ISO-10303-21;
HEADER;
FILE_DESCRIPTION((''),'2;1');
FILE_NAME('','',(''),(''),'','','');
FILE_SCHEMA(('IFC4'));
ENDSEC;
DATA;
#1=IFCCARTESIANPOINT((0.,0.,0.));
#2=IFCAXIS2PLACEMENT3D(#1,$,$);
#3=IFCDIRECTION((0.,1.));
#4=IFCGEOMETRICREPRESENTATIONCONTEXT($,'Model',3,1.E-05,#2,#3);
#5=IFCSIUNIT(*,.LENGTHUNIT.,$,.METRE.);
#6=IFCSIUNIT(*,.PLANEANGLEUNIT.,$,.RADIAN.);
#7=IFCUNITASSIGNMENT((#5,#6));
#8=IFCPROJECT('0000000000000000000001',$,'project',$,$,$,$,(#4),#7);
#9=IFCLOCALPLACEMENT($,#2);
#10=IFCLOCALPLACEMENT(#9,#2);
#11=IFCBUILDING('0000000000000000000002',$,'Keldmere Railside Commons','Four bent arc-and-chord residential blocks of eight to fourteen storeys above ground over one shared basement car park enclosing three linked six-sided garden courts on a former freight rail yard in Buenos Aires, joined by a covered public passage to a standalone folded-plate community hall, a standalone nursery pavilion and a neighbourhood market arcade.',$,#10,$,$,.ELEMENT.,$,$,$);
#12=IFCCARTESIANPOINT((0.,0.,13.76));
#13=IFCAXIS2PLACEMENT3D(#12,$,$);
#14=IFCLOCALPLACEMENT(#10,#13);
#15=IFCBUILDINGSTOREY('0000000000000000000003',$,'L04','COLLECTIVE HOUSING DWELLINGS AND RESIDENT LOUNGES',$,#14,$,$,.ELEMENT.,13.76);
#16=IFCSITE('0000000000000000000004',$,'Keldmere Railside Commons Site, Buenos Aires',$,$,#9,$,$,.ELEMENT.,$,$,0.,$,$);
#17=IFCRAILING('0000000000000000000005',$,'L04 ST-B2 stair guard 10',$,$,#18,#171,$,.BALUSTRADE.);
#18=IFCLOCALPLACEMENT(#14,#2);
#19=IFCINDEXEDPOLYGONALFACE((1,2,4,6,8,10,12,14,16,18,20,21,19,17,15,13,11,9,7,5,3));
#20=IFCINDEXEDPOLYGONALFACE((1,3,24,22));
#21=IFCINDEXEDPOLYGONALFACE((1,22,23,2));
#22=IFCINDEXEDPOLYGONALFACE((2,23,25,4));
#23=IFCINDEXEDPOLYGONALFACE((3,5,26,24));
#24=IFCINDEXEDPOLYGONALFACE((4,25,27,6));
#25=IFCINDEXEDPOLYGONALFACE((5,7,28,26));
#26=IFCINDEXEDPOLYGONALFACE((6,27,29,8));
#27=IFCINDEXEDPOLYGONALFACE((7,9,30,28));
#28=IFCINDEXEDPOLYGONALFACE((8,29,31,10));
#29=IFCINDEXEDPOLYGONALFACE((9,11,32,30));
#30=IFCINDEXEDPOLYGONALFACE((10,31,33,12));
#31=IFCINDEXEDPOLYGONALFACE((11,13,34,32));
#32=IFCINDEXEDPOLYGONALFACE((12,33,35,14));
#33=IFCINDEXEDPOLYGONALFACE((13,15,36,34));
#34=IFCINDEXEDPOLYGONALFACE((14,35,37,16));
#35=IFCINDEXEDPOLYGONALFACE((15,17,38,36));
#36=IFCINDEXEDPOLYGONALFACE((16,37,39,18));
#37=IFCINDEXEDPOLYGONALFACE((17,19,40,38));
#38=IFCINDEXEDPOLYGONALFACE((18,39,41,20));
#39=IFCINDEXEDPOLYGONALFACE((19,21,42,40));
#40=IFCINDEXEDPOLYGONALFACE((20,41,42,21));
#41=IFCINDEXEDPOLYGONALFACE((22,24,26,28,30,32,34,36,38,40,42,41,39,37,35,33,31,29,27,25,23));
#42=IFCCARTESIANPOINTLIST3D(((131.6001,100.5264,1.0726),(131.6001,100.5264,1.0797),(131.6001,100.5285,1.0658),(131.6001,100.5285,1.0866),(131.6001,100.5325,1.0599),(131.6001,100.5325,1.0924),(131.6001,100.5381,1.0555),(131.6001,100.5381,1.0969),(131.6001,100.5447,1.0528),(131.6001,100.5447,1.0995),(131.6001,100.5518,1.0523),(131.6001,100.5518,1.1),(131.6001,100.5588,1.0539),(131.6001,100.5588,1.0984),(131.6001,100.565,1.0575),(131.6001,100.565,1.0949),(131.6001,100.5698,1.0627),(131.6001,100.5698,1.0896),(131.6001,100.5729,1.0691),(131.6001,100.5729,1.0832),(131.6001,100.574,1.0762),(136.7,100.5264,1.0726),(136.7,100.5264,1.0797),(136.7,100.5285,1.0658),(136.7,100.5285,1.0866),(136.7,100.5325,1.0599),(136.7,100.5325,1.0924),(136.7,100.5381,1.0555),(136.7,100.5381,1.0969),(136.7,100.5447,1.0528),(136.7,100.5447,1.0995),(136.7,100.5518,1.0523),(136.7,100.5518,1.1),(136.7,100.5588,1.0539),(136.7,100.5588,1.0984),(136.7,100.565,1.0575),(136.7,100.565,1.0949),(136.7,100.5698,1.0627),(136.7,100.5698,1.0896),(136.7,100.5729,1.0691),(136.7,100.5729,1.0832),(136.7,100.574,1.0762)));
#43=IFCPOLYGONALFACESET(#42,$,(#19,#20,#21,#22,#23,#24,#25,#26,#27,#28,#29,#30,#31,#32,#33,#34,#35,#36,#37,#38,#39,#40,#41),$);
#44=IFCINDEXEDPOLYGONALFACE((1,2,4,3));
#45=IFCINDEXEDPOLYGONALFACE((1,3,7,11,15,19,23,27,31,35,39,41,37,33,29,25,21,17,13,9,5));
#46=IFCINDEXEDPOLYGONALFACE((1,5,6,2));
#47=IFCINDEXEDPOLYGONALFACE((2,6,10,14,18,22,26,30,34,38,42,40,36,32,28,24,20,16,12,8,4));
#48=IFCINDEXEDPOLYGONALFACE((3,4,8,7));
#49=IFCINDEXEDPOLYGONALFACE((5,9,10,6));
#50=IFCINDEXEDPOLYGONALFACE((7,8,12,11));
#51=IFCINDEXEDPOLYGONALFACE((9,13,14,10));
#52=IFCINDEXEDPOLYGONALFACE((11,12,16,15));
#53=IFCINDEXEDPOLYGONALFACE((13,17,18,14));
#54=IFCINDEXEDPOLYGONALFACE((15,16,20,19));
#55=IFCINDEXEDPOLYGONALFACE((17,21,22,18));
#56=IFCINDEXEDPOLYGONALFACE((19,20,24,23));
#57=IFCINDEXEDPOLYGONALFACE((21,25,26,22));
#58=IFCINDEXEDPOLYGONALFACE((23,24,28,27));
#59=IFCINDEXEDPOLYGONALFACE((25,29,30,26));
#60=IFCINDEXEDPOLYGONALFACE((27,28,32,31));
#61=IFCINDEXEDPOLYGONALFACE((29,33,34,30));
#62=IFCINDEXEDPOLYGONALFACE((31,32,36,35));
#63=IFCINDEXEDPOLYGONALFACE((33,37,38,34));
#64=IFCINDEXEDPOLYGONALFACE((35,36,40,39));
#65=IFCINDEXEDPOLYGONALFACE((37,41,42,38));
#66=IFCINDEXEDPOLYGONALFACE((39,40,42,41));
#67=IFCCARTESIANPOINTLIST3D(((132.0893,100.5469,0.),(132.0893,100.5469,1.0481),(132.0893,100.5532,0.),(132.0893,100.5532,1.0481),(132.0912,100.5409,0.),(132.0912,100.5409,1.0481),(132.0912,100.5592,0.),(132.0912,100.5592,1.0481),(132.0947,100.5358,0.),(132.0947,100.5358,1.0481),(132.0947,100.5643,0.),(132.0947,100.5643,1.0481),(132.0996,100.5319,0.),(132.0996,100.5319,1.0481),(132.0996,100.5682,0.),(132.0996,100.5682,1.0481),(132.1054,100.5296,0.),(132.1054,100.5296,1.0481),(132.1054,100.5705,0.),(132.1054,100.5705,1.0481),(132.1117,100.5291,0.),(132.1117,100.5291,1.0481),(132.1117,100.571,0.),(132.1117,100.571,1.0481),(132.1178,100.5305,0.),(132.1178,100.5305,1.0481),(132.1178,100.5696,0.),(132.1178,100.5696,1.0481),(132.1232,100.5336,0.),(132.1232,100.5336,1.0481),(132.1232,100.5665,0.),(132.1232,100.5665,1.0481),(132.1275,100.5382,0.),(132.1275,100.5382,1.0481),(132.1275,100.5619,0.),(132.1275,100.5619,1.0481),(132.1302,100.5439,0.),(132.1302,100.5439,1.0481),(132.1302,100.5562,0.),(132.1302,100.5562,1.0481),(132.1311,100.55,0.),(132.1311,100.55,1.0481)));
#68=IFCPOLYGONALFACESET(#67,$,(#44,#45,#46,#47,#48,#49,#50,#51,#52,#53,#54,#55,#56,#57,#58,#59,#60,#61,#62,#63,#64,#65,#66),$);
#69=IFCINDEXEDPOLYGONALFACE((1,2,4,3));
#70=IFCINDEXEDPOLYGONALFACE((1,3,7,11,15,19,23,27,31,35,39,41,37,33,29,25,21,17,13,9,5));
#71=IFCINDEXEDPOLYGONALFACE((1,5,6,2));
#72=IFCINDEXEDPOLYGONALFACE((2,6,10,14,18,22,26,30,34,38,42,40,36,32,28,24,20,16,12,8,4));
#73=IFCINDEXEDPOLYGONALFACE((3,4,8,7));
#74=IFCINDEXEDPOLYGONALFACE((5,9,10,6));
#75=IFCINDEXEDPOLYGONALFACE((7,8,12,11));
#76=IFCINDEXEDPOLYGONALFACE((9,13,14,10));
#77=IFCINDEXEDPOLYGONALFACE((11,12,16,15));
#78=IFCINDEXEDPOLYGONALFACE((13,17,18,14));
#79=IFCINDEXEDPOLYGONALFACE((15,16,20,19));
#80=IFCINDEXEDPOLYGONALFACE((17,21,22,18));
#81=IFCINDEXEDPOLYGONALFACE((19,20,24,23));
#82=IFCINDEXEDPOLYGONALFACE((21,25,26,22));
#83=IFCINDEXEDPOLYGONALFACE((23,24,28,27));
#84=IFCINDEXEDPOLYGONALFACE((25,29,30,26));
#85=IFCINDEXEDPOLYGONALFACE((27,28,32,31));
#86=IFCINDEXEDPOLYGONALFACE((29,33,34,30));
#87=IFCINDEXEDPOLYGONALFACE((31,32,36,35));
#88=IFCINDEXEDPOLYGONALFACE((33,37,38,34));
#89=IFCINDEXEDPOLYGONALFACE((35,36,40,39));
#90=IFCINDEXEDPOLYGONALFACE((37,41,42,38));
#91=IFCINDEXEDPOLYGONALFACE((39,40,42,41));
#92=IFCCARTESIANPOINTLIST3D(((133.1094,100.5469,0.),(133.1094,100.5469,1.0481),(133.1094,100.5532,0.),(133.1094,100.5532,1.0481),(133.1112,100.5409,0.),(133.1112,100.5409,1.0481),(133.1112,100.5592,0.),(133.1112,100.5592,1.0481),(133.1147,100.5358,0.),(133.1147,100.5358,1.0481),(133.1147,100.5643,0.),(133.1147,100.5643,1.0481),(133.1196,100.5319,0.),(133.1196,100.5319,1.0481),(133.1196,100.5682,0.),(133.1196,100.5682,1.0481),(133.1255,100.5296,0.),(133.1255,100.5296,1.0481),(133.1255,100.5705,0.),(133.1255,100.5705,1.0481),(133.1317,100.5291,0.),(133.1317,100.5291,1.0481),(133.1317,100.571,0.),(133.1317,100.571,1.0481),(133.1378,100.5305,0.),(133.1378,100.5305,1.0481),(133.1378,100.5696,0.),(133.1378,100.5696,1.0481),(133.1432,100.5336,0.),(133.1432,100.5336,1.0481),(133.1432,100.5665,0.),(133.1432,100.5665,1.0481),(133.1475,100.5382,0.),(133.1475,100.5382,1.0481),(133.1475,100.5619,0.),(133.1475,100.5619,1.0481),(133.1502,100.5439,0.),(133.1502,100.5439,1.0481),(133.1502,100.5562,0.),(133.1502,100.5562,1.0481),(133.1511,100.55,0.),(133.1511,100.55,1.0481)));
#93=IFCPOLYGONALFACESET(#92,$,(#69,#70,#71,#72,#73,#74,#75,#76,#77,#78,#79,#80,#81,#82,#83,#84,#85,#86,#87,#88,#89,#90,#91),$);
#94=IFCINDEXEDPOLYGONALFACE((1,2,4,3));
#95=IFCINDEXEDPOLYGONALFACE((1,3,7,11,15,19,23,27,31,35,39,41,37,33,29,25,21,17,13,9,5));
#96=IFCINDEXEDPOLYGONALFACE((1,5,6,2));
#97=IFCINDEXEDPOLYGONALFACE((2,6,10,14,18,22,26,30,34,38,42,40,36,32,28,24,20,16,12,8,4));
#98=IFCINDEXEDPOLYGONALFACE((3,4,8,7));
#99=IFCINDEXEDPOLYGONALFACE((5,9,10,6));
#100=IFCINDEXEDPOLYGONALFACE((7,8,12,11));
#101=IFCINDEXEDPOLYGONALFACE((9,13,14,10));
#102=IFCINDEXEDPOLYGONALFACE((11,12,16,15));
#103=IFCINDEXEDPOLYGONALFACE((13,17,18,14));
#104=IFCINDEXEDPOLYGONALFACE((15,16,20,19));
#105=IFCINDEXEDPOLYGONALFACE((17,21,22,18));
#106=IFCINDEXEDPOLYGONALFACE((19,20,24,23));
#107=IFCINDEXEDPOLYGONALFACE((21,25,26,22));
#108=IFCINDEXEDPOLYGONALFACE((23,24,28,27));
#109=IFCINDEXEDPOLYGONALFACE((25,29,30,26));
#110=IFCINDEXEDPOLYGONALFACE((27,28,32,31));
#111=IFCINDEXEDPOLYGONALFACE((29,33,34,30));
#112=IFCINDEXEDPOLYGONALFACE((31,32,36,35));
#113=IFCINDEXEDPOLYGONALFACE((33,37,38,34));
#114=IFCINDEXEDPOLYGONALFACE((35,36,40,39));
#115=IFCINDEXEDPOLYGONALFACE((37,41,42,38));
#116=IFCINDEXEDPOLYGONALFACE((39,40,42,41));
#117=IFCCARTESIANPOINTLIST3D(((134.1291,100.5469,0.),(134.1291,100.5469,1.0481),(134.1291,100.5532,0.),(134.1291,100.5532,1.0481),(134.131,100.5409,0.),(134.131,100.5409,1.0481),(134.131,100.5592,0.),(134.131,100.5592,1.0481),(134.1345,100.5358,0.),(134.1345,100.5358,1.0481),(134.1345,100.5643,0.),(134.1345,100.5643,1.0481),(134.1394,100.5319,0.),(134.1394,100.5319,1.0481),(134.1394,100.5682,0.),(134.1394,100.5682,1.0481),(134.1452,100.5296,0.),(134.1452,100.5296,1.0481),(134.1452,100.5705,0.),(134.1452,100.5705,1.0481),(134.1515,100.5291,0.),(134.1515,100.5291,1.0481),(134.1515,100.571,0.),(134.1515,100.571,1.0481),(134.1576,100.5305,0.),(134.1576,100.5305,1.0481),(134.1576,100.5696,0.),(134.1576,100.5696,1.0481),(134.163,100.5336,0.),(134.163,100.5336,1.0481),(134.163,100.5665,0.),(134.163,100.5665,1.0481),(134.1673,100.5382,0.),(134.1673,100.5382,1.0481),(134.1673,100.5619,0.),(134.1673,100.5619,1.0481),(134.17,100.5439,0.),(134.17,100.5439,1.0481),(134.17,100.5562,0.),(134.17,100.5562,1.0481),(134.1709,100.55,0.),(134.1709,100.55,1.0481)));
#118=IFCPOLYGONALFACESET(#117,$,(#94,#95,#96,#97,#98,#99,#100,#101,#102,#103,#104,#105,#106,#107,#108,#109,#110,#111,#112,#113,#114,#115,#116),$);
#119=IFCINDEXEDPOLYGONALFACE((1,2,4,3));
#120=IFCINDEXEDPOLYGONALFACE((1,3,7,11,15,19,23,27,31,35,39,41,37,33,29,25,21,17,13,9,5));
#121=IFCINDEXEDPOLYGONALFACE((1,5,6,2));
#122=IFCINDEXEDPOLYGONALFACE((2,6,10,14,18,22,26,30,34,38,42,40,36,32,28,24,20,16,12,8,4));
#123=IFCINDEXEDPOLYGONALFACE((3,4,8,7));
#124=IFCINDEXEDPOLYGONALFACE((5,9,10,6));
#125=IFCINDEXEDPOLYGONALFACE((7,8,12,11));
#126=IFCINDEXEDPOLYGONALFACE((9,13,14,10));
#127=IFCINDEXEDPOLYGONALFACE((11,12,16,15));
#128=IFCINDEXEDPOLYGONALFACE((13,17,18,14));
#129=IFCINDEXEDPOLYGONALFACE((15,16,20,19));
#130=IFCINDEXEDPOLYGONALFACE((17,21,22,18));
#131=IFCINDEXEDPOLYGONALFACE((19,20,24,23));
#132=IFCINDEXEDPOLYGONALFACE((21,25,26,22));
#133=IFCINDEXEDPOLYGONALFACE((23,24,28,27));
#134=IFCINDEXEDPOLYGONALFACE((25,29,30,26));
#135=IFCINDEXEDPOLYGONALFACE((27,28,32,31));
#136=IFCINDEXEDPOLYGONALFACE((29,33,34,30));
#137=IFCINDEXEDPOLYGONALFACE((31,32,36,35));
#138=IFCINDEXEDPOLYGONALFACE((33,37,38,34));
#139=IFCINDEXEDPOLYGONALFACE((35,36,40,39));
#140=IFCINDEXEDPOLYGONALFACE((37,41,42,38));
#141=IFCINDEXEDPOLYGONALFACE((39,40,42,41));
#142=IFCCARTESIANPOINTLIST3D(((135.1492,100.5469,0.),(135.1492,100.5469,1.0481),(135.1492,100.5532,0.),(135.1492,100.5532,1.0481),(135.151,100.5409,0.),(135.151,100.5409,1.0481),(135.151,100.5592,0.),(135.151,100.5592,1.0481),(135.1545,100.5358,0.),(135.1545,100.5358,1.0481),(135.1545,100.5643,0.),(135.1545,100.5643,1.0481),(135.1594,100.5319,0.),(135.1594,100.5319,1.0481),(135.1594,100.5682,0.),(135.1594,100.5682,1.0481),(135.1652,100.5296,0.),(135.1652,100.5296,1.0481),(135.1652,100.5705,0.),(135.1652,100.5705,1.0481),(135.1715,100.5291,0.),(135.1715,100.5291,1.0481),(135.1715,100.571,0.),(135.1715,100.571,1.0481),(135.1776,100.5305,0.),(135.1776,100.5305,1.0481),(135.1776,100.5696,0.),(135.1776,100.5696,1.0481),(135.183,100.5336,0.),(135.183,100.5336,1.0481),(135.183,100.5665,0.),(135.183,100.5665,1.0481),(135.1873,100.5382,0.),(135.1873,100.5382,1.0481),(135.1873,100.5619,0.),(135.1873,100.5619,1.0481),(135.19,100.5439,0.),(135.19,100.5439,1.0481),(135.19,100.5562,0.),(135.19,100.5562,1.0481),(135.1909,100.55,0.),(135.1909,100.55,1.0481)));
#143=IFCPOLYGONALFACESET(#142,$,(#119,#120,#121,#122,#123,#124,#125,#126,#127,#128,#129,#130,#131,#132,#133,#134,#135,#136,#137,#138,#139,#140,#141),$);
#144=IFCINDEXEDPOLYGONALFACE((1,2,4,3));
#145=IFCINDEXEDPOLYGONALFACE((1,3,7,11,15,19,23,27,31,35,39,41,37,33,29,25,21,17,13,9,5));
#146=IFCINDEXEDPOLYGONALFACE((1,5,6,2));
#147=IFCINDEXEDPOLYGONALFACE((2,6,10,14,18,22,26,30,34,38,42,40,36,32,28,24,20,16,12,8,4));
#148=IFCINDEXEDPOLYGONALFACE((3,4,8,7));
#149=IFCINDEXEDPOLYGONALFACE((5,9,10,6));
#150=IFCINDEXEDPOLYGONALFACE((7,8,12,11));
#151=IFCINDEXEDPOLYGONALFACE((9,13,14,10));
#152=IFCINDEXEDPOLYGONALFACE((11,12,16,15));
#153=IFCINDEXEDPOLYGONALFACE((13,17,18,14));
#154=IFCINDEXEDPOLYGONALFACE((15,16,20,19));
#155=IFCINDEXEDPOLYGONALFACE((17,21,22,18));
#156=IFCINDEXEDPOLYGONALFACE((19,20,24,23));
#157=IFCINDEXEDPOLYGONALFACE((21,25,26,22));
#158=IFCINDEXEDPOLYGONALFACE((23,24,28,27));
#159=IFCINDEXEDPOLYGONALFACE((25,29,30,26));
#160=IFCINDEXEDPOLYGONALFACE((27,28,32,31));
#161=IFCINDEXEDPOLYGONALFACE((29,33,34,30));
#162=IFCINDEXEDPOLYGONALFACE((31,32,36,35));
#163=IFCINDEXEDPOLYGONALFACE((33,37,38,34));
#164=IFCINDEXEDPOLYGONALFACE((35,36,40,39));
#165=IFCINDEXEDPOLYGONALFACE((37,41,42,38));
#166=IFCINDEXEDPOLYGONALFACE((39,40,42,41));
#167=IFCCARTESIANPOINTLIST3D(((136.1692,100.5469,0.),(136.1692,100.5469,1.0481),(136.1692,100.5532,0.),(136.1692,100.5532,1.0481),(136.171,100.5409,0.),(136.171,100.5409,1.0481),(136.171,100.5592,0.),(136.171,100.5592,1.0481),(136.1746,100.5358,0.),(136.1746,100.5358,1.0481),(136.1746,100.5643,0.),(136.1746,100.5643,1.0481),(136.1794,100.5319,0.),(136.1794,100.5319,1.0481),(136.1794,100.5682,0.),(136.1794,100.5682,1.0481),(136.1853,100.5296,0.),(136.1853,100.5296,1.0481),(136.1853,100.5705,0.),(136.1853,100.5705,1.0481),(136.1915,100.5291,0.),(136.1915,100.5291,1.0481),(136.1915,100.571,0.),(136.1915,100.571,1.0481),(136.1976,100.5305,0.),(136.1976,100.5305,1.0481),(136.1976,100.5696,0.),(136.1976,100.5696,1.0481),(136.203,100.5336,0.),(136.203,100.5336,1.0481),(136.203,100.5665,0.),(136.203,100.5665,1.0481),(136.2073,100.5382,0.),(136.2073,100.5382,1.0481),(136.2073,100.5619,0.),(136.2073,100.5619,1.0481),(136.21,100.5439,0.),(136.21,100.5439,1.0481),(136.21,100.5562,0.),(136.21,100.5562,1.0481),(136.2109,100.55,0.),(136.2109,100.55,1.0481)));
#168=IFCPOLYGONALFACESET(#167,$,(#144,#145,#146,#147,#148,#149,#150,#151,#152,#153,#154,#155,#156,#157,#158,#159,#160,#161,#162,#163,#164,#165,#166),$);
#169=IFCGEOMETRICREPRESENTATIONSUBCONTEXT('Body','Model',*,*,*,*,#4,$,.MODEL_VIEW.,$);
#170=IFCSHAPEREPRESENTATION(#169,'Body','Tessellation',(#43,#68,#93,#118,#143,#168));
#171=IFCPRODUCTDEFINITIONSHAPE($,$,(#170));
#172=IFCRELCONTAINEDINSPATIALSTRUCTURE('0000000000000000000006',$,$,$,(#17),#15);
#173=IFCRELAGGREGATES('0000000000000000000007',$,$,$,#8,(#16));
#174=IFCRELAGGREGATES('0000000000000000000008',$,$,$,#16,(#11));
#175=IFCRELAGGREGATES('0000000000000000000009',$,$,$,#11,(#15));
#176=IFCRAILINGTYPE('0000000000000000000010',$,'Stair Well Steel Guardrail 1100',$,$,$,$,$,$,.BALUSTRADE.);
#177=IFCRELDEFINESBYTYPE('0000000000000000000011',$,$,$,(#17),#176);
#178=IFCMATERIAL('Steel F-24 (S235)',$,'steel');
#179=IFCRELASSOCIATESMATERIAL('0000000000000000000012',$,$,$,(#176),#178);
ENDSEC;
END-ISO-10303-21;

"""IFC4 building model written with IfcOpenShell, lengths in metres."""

from ifc_helpers import new_model, si_unit, direction, frame, origin, origin_2d, place, context, subcontext, project, spatial, circle, extrude, material, type_object, element, save


model = new_model("IFC4")

# Units and contexts
model_context = context("Model", 3, precision=1e-05, world=origin(), true_north=direction((0.0, 1.0)))
body_context = subcontext(model_context, "Body", "Model", "MODEL_VIEW")
ifc_project = project(units=[si_unit("LENGTHUNIT", "METRE"), si_unit("PLANEANGLEUNIT", "RADIAN")], contexts=[model_context])

# Site, building, storey
site_placement = place(None, origin())
site = spatial("IfcSite", under=ifc_project, at=site_placement, Name="Keldmere Railside Commons Site, Buenos Aires", CompositionType="ELEMENT", RefElevation=0.0)
building_placement = place(site_placement, origin())
building = spatial("IfcBuilding", under=site, at=building_placement, Name="Keldmere Railside Commons", Description="Four bent arc-and-chord residential blocks of eight to fourteen storeys above ground over one shared basement car park enclosing three linked six-sided garden courts on a former freight rail yard in Buenos Aires, joined by a covered public passage to a standalone folded-plate community hall, a standalone nursery pavilion and a neighbourhood market arcade.", CompositionType="ELEMENT")
storey_placement = place(building_placement, frame((0.0, 0.0, 13.76)))
storey = spatial("IfcBuildingStorey", under=building, at=storey_placement, Name="L04", Description="COLLECTIVE HOUSING DWELLINGS AND RESIDENT LOUNGES", CompositionType="ELEMENT", Elevation=13.76)

# Railing
ifc_material_1 = material(Name="Steel F-24 (S235)", Category="steel")
railing_type_1 = type_object("IfcRailingType", Name="Stair Well Steel Guardrail 1100", PredefinedType="BALUSTRADE", material=ifc_material_1)
for number, where, name in (
    (1, (131.6001, 100.55, 0.0), "L04 ST-B2 stair guard 10"),
):
    element("IfcRailing", number, at=place(storey_placement, frame(where)), inside=storey, type_object=railing_type_1, Name=name, PredefinedType="BALUSTRADE", context=body_context, shape_type="SweptSolid", body=[
        extrude(circle(Radius=0.0239, at=origin_2d()), frame((0.0, 0.0, 1.0762), z_axis=(1.0, 0.0, 0.0), x_axis=(0.0, 1.0, 0.0)), (0.0, 0.0, 1.0), 5.0999),
        extrude(circle(Radius=0.021, at=origin_2d()), frame((0.51, 0.0, 0.0)), (0.0, 0.0, 1.0), 1.0481),
        extrude(circle(Radius=0.021, at=origin_2d()), frame((1.53, 0.0, 0.0)), (0.0, 0.0, 1.0), 1.0481),
        extrude(circle(Radius=0.021, at=origin_2d()), frame((2.5498, 0.0, 0.0)), (0.0, 0.0, 1.0), 1.0481),
        extrude(circle(Radius=0.021, at=origin_2d()), frame((3.5698, 0.0, 0.0)), (0.0, 0.0, 1.0), 1.0481),
        extrude(circle(Radius=0.021, at=origin_2d()), frame((4.5898, 0.0, 0.0)), (0.0, 0.0, 1.0), 1.0481),
    ])

save(model, "model.ifc")
